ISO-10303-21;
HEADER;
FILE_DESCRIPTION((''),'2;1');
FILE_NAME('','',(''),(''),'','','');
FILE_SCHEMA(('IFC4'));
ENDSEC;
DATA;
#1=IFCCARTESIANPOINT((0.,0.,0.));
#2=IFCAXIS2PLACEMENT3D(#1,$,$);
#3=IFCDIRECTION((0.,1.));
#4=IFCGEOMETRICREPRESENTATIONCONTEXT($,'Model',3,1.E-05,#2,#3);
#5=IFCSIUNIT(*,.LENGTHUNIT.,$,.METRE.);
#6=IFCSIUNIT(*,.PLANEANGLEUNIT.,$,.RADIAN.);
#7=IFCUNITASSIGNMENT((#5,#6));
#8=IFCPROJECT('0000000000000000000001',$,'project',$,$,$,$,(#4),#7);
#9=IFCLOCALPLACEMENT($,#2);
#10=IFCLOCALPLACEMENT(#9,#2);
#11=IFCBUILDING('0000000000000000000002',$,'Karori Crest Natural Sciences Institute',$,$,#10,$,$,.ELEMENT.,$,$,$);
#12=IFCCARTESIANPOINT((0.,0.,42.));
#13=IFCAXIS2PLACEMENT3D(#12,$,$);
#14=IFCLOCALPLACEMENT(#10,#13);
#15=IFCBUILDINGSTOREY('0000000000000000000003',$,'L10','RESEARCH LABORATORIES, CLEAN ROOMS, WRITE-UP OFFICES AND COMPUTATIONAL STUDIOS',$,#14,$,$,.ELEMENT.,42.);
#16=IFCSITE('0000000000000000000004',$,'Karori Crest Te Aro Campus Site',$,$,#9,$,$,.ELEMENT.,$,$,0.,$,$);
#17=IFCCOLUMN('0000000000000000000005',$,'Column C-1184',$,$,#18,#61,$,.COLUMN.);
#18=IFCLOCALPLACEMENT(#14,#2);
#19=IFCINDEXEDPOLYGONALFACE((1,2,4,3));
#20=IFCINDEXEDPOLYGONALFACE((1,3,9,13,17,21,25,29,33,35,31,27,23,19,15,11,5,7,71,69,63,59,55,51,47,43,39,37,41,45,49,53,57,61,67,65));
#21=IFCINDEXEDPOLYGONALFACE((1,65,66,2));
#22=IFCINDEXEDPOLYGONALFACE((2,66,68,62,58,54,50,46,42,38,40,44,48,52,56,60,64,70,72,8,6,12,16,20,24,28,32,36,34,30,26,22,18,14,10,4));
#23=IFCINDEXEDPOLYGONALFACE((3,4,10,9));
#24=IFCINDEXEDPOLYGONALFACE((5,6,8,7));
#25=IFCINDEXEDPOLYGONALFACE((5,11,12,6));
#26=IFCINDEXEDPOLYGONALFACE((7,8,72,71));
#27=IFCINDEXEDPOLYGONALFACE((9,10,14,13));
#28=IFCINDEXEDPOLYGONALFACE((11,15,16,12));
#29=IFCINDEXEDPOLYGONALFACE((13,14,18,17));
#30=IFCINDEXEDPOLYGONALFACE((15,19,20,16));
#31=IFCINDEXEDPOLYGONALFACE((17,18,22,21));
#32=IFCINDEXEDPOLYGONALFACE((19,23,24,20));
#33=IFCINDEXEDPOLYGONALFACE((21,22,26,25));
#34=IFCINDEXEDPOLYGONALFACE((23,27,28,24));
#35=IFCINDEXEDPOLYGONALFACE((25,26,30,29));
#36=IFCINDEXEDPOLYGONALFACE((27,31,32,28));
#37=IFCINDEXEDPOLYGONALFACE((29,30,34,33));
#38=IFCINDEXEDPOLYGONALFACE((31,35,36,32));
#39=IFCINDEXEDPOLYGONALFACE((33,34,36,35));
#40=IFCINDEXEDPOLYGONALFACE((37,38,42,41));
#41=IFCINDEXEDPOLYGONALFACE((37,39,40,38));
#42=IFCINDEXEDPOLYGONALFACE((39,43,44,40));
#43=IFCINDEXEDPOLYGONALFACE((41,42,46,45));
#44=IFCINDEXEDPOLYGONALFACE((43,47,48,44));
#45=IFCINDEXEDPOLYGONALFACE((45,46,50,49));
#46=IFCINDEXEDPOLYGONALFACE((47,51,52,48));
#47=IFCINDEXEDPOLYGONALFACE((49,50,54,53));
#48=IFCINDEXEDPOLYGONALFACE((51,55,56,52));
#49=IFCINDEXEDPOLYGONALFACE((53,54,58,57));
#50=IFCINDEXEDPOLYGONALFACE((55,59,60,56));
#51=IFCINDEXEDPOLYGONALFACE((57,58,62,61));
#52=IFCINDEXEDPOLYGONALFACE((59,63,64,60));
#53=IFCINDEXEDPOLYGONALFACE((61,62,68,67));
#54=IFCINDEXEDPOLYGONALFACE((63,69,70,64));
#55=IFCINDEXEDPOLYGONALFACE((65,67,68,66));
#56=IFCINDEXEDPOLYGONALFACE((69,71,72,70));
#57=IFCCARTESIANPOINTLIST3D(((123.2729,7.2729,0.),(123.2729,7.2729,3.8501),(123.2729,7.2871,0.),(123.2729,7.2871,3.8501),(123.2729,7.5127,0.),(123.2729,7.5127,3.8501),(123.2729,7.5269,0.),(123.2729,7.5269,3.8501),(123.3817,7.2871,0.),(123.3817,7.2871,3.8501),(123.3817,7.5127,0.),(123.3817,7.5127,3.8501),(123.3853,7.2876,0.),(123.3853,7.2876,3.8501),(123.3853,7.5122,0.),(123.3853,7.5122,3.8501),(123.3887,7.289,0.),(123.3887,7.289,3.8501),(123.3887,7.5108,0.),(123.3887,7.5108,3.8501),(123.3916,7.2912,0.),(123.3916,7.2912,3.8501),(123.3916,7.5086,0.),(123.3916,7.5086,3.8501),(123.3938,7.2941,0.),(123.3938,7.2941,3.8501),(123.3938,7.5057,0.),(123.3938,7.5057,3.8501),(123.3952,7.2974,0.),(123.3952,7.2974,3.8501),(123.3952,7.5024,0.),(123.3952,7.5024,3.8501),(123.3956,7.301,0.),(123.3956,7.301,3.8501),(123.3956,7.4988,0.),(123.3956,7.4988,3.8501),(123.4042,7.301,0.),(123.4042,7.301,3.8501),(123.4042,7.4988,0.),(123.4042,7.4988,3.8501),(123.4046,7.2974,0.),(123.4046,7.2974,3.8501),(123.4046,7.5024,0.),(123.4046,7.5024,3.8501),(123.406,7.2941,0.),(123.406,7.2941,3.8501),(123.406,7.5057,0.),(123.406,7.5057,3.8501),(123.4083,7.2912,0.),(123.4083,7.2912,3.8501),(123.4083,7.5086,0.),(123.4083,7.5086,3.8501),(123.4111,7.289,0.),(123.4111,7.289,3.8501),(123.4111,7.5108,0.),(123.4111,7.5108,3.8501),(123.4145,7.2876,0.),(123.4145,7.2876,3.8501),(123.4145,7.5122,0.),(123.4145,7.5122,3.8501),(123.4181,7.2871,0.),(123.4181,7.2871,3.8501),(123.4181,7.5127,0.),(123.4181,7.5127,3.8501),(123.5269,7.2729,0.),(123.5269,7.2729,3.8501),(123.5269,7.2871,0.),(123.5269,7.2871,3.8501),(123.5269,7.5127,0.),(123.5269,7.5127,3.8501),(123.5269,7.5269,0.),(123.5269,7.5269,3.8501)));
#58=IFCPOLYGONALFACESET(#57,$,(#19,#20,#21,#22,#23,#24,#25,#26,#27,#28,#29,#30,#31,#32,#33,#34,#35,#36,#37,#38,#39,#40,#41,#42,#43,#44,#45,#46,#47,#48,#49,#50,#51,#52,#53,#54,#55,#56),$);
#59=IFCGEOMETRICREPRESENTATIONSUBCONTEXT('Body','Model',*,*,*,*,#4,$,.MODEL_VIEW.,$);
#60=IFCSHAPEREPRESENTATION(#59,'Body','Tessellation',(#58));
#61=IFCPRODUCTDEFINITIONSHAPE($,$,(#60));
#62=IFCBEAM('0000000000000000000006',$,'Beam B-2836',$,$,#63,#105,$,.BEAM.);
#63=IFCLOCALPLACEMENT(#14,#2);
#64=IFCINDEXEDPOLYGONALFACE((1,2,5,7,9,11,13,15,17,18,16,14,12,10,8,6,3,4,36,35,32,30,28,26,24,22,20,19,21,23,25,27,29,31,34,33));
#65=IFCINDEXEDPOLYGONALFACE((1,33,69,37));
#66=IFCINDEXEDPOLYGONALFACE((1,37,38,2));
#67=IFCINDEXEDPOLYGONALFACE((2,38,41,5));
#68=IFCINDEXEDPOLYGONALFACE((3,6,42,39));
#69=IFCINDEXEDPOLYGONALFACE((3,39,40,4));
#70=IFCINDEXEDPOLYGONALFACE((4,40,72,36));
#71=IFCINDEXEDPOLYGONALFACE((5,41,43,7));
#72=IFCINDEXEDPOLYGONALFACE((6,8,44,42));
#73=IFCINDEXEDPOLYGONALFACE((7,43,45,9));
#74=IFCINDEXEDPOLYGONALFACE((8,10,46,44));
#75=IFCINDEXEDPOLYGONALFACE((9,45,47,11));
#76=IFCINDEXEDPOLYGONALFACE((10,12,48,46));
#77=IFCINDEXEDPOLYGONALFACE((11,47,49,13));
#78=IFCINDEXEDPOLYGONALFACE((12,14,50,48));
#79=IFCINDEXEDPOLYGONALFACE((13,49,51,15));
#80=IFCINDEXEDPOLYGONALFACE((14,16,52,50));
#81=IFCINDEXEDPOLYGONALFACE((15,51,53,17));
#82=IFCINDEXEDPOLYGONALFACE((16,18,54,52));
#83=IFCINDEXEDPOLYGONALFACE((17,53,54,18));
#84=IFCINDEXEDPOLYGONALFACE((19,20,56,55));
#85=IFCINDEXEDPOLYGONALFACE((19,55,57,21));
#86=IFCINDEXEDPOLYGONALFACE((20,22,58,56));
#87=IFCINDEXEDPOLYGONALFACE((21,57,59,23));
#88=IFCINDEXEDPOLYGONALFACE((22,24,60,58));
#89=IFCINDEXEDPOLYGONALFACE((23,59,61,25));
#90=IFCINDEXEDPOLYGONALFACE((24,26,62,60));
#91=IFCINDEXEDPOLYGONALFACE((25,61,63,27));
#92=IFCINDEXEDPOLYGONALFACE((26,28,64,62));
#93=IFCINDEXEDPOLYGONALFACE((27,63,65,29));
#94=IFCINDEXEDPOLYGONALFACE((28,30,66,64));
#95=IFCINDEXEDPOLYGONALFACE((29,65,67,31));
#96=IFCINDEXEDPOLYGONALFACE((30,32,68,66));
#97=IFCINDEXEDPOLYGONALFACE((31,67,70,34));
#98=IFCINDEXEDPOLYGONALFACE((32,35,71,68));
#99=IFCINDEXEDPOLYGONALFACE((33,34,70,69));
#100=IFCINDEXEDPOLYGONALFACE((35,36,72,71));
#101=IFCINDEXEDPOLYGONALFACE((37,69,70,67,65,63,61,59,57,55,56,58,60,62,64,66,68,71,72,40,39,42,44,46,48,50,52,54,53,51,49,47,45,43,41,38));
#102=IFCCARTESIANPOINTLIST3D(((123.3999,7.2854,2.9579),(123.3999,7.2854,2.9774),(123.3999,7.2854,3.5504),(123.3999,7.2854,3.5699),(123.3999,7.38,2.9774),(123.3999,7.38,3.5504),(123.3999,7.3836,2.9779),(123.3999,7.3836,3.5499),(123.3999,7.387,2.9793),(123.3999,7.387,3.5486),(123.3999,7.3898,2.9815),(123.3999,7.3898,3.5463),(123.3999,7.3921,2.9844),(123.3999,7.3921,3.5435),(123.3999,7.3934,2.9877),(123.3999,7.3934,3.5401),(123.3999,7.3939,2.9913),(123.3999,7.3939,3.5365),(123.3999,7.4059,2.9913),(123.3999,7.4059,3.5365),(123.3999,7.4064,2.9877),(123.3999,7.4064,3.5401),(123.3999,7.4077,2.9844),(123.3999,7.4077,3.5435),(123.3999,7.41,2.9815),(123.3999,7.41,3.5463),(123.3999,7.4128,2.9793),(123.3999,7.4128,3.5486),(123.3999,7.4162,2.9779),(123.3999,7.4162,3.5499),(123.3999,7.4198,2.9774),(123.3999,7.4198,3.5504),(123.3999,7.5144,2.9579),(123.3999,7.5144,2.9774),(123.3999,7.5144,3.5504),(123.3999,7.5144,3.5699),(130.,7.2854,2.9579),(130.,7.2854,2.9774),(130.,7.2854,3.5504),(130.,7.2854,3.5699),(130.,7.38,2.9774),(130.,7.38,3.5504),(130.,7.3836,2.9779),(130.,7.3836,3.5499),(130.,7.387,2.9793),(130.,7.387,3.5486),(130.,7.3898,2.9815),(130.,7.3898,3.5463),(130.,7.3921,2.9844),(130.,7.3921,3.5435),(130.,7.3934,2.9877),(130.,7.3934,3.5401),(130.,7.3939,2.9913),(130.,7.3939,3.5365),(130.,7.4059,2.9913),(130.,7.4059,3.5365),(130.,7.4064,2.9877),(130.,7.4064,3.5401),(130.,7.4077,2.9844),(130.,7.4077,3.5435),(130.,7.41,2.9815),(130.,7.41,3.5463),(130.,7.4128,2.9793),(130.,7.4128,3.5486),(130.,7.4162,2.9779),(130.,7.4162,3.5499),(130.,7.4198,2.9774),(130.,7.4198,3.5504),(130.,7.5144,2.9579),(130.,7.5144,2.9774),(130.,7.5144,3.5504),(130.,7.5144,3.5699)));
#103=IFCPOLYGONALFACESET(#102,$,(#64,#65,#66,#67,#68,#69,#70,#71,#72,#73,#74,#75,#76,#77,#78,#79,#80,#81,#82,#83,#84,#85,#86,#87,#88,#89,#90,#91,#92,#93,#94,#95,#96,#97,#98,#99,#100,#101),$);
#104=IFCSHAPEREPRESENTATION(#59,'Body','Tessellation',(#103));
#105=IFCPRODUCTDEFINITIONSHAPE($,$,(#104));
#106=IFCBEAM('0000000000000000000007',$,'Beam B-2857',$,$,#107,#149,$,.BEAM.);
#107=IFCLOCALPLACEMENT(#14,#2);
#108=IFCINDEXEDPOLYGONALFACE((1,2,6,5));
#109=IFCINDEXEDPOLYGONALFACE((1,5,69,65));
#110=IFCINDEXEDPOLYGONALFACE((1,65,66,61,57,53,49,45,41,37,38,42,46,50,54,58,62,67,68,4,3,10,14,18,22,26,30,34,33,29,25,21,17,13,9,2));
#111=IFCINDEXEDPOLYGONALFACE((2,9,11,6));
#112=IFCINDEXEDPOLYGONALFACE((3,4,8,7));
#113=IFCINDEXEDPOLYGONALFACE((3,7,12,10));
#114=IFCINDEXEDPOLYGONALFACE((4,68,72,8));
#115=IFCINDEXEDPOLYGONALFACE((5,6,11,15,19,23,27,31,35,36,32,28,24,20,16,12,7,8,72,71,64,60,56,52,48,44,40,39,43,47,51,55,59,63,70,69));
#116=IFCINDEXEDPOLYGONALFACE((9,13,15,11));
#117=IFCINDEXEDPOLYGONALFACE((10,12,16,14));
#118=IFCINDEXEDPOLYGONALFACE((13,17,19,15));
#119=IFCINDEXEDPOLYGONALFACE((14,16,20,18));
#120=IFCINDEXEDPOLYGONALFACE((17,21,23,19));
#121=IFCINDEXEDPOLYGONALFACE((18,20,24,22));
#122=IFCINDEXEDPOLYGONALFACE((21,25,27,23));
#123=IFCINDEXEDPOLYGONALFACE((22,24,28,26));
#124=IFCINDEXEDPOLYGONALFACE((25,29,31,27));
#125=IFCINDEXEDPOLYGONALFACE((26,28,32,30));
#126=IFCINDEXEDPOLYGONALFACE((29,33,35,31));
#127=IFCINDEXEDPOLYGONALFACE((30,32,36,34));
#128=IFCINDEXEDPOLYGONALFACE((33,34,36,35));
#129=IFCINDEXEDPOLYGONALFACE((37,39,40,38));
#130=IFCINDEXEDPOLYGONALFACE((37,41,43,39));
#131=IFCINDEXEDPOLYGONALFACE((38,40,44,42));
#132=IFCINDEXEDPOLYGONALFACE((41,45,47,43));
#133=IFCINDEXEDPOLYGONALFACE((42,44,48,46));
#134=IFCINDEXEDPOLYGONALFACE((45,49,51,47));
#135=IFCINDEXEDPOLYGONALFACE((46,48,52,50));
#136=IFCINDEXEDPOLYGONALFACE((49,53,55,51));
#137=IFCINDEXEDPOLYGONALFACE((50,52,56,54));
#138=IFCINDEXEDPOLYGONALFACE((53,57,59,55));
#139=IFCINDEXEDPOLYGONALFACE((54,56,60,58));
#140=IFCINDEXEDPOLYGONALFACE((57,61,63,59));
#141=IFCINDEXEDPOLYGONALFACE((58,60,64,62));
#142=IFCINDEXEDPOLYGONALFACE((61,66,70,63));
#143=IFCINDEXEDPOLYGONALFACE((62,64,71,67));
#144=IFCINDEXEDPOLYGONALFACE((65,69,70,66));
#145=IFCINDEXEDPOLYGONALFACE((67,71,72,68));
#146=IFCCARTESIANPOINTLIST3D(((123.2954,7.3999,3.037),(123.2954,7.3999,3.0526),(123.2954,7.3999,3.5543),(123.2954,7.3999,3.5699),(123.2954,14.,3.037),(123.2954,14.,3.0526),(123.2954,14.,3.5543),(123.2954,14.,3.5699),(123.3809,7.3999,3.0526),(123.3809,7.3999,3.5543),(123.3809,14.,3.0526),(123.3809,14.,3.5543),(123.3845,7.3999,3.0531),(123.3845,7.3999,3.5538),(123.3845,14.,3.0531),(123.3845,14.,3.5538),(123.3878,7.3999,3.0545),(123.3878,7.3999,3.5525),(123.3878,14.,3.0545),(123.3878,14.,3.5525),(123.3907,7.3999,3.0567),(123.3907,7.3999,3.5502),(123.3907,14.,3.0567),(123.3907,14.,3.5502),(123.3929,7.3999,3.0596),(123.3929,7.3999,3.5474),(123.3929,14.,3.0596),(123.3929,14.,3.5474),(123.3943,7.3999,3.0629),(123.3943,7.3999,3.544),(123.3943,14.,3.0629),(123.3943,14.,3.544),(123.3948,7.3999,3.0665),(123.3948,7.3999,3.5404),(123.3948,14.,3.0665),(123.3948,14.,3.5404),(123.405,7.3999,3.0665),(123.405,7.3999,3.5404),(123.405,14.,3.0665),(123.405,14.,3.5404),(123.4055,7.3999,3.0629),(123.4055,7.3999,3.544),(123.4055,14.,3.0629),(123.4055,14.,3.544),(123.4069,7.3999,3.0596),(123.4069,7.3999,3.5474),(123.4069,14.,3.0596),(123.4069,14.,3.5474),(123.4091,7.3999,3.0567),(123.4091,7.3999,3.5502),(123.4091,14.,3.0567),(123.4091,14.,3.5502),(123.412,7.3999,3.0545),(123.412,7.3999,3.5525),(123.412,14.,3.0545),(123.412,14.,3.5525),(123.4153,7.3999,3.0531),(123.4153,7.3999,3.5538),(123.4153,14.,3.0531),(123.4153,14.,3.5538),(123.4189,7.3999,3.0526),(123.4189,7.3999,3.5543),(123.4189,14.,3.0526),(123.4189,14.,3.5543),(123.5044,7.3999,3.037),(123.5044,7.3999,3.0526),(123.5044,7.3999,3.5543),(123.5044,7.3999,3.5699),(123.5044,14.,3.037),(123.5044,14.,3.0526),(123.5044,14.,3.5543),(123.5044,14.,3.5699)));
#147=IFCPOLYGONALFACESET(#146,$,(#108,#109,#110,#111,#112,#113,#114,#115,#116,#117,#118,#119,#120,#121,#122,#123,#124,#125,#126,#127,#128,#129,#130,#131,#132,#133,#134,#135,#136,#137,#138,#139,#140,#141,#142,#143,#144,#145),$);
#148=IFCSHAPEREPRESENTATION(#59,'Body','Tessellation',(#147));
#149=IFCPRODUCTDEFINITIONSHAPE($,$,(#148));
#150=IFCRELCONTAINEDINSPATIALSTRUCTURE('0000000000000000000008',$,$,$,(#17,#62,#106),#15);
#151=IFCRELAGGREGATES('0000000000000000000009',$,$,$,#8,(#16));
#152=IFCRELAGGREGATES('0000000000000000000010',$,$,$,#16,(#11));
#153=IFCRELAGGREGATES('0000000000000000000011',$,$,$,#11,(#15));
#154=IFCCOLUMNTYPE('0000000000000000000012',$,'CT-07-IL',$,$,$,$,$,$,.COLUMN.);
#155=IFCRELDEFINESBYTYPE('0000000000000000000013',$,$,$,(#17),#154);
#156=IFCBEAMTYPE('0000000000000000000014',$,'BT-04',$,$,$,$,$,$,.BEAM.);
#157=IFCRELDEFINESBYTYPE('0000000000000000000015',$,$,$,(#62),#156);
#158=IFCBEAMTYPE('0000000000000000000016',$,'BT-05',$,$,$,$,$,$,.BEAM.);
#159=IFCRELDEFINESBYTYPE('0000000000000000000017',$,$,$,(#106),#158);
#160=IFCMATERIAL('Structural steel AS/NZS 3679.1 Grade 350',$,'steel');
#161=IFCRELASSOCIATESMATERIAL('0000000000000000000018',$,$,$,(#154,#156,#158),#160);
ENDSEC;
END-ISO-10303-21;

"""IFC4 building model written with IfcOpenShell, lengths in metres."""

from ifc_helpers import new_model, si_unit, direction, frame, origin, origin_2d, place, context, subcontext, project, spatial, i_section, extrude, material, material_profile, profile_set, type_object, element, save


model = new_model("IFC4")

# Units and contexts
model_context = context("Model", 3, precision=1e-05, world=origin(), true_north=direction((0.0, 1.0)))
body_context = subcontext(model_context, "Body", "Model", "MODEL_VIEW")
ifc_project = project(units=[si_unit("LENGTHUNIT", "METRE"), si_unit("PLANEANGLEUNIT", "RADIAN")], contexts=[model_context])

# Site, building, storey
site_placement = place(None, origin())
site = spatial("IfcSite", under=ifc_project, at=site_placement, Name="Karori Crest Te Aro Campus Site", CompositionType="ELEMENT", RefElevation=0.0)
building_placement = place(site_placement, origin())
building = spatial("IfcBuilding", under=site, at=building_placement, Name="Karori Crest Natural Sciences Institute", CompositionType="ELEMENT")
storey_placement = place(building_placement, frame((0.0, 0.0, 42.0)))
storey = spatial("IfcBuildingStorey", under=building, at=storey_placement, Name="L10", Description="RESEARCH LABORATORIES, CLEAN ROOMS, WRITE-UP OFFICES AND COMPUTATIONAL STUDIOS", CompositionType="ELEMENT", Elevation=42.0)

# Column
ifc_material_1 = material(Name="Structural steel AS/NZS 3679.1 Grade 350", Category="steel")
ifc_material_profile_1 = material_profile(ifc_material_1, i_section(OverallWidth=0.2539, OverallDepth=0.2539, WebThickness=0.0085, FlangeThickness=0.0142, FilletRadius=0.0139, at=origin_2d()), Name="250UC72.9")
ifc_profile_set_1 = profile_set([ifc_material_profile_1], Name="Structural steel AS/NZS 3679.1 Grade 350")
column_type = type_object("IfcColumnType", Name="CT-07-IL", PredefinedType="COLUMN", material=ifc_profile_set_1)
column_placement = place(storey_placement, frame((123.3999, 7.3999, 0.0), z_axis=(0.0, 0.0, 1.0), x_axis=(1.0, 0.0, 0.0)))
element("IfcColumn", 1, at=column_placement, inside=storey, type_object=column_type, Name="Column C-1184", PredefinedType="COLUMN", context=body_context, shape_type="SweptSolid", body=[
    extrude(i_section(OverallWidth=0.2539, OverallDepth=0.2539, WebThickness=0.0085, FlangeThickness=0.0142, FilletRadius=0.0139, at=origin_2d()), origin(), (0.0, 0.0, 1.0), 3.8501),
])

# Beams
ifc_material_profile_2 = material_profile(ifc_material_1, i_section(OverallWidth=0.229, OverallDepth=0.6121, WebThickness=0.012, FlangeThickness=0.0195, FilletRadius=0.0139, at=origin_2d()), Name="610UB125")
ifc_profile_set_2 = profile_set([ifc_material_profile_2], Name="Structural steel AS/NZS 3679.1 Grade 350")
beam_type_1 = type_object("IfcBeamType", Name="BT-04", PredefinedType="BEAM", material=ifc_profile_set_2)
beam_1_placement = place(storey_placement, frame((123.3999, 7.3999, 3.2639), z_axis=(1.0, 0.0, 0.0), x_axis=(0.0, 1.0, 0.0)))
element("IfcBeam", 2, at=beam_1_placement, inside=storey, type_object=beam_type_1, Name="Beam B-2836", PredefinedType="BEAM", context=body_context, shape_type="SweptSolid", body=[
    extrude(i_section(OverallWidth=0.229, OverallDepth=0.6121, WebThickness=0.012, FlangeThickness=0.0195, FilletRadius=0.0139, at=origin_2d()), origin(), (0.0, 0.0, 1.0), 6.6001),
])
ifc_material_profile_3 = material_profile(ifc_material_1, i_section(OverallWidth=0.209, OverallDepth=0.533, WebThickness=0.0103, FlangeThickness=0.0156, FilletRadius=0.0139, at=origin_2d()), Name="530UB92.4")
ifc_profile_set_3 = profile_set([ifc_material_profile_3], Name="Structural steel AS/NZS 3679.1 Grade 350")
beam_type_2 = type_object("IfcBeamType", Name="BT-05", PredefinedType="BEAM", material=ifc_profile_set_3)
beam_2_placement = place(storey_placement, frame((123.3999, 7.3999, 3.3035), z_axis=(0.0, 1.0, 0.0), x_axis=(-1.0, 0.0, 0.0)))
element("IfcBeam", 3, at=beam_2_placement, inside=storey, type_object=beam_type_2, Name="Beam B-2857", PredefinedType="BEAM", context=body_context, shape_type="SweptSolid", body=[
    extrude(i_section(OverallWidth=0.209, OverallDepth=0.533, WebThickness=0.0103, FlangeThickness=0.0156, FilletRadius=0.0139, at=origin_2d()), origin(), (0.0, 0.0, 1.0), 6.6001),
])

save(model, "model.ifc")
